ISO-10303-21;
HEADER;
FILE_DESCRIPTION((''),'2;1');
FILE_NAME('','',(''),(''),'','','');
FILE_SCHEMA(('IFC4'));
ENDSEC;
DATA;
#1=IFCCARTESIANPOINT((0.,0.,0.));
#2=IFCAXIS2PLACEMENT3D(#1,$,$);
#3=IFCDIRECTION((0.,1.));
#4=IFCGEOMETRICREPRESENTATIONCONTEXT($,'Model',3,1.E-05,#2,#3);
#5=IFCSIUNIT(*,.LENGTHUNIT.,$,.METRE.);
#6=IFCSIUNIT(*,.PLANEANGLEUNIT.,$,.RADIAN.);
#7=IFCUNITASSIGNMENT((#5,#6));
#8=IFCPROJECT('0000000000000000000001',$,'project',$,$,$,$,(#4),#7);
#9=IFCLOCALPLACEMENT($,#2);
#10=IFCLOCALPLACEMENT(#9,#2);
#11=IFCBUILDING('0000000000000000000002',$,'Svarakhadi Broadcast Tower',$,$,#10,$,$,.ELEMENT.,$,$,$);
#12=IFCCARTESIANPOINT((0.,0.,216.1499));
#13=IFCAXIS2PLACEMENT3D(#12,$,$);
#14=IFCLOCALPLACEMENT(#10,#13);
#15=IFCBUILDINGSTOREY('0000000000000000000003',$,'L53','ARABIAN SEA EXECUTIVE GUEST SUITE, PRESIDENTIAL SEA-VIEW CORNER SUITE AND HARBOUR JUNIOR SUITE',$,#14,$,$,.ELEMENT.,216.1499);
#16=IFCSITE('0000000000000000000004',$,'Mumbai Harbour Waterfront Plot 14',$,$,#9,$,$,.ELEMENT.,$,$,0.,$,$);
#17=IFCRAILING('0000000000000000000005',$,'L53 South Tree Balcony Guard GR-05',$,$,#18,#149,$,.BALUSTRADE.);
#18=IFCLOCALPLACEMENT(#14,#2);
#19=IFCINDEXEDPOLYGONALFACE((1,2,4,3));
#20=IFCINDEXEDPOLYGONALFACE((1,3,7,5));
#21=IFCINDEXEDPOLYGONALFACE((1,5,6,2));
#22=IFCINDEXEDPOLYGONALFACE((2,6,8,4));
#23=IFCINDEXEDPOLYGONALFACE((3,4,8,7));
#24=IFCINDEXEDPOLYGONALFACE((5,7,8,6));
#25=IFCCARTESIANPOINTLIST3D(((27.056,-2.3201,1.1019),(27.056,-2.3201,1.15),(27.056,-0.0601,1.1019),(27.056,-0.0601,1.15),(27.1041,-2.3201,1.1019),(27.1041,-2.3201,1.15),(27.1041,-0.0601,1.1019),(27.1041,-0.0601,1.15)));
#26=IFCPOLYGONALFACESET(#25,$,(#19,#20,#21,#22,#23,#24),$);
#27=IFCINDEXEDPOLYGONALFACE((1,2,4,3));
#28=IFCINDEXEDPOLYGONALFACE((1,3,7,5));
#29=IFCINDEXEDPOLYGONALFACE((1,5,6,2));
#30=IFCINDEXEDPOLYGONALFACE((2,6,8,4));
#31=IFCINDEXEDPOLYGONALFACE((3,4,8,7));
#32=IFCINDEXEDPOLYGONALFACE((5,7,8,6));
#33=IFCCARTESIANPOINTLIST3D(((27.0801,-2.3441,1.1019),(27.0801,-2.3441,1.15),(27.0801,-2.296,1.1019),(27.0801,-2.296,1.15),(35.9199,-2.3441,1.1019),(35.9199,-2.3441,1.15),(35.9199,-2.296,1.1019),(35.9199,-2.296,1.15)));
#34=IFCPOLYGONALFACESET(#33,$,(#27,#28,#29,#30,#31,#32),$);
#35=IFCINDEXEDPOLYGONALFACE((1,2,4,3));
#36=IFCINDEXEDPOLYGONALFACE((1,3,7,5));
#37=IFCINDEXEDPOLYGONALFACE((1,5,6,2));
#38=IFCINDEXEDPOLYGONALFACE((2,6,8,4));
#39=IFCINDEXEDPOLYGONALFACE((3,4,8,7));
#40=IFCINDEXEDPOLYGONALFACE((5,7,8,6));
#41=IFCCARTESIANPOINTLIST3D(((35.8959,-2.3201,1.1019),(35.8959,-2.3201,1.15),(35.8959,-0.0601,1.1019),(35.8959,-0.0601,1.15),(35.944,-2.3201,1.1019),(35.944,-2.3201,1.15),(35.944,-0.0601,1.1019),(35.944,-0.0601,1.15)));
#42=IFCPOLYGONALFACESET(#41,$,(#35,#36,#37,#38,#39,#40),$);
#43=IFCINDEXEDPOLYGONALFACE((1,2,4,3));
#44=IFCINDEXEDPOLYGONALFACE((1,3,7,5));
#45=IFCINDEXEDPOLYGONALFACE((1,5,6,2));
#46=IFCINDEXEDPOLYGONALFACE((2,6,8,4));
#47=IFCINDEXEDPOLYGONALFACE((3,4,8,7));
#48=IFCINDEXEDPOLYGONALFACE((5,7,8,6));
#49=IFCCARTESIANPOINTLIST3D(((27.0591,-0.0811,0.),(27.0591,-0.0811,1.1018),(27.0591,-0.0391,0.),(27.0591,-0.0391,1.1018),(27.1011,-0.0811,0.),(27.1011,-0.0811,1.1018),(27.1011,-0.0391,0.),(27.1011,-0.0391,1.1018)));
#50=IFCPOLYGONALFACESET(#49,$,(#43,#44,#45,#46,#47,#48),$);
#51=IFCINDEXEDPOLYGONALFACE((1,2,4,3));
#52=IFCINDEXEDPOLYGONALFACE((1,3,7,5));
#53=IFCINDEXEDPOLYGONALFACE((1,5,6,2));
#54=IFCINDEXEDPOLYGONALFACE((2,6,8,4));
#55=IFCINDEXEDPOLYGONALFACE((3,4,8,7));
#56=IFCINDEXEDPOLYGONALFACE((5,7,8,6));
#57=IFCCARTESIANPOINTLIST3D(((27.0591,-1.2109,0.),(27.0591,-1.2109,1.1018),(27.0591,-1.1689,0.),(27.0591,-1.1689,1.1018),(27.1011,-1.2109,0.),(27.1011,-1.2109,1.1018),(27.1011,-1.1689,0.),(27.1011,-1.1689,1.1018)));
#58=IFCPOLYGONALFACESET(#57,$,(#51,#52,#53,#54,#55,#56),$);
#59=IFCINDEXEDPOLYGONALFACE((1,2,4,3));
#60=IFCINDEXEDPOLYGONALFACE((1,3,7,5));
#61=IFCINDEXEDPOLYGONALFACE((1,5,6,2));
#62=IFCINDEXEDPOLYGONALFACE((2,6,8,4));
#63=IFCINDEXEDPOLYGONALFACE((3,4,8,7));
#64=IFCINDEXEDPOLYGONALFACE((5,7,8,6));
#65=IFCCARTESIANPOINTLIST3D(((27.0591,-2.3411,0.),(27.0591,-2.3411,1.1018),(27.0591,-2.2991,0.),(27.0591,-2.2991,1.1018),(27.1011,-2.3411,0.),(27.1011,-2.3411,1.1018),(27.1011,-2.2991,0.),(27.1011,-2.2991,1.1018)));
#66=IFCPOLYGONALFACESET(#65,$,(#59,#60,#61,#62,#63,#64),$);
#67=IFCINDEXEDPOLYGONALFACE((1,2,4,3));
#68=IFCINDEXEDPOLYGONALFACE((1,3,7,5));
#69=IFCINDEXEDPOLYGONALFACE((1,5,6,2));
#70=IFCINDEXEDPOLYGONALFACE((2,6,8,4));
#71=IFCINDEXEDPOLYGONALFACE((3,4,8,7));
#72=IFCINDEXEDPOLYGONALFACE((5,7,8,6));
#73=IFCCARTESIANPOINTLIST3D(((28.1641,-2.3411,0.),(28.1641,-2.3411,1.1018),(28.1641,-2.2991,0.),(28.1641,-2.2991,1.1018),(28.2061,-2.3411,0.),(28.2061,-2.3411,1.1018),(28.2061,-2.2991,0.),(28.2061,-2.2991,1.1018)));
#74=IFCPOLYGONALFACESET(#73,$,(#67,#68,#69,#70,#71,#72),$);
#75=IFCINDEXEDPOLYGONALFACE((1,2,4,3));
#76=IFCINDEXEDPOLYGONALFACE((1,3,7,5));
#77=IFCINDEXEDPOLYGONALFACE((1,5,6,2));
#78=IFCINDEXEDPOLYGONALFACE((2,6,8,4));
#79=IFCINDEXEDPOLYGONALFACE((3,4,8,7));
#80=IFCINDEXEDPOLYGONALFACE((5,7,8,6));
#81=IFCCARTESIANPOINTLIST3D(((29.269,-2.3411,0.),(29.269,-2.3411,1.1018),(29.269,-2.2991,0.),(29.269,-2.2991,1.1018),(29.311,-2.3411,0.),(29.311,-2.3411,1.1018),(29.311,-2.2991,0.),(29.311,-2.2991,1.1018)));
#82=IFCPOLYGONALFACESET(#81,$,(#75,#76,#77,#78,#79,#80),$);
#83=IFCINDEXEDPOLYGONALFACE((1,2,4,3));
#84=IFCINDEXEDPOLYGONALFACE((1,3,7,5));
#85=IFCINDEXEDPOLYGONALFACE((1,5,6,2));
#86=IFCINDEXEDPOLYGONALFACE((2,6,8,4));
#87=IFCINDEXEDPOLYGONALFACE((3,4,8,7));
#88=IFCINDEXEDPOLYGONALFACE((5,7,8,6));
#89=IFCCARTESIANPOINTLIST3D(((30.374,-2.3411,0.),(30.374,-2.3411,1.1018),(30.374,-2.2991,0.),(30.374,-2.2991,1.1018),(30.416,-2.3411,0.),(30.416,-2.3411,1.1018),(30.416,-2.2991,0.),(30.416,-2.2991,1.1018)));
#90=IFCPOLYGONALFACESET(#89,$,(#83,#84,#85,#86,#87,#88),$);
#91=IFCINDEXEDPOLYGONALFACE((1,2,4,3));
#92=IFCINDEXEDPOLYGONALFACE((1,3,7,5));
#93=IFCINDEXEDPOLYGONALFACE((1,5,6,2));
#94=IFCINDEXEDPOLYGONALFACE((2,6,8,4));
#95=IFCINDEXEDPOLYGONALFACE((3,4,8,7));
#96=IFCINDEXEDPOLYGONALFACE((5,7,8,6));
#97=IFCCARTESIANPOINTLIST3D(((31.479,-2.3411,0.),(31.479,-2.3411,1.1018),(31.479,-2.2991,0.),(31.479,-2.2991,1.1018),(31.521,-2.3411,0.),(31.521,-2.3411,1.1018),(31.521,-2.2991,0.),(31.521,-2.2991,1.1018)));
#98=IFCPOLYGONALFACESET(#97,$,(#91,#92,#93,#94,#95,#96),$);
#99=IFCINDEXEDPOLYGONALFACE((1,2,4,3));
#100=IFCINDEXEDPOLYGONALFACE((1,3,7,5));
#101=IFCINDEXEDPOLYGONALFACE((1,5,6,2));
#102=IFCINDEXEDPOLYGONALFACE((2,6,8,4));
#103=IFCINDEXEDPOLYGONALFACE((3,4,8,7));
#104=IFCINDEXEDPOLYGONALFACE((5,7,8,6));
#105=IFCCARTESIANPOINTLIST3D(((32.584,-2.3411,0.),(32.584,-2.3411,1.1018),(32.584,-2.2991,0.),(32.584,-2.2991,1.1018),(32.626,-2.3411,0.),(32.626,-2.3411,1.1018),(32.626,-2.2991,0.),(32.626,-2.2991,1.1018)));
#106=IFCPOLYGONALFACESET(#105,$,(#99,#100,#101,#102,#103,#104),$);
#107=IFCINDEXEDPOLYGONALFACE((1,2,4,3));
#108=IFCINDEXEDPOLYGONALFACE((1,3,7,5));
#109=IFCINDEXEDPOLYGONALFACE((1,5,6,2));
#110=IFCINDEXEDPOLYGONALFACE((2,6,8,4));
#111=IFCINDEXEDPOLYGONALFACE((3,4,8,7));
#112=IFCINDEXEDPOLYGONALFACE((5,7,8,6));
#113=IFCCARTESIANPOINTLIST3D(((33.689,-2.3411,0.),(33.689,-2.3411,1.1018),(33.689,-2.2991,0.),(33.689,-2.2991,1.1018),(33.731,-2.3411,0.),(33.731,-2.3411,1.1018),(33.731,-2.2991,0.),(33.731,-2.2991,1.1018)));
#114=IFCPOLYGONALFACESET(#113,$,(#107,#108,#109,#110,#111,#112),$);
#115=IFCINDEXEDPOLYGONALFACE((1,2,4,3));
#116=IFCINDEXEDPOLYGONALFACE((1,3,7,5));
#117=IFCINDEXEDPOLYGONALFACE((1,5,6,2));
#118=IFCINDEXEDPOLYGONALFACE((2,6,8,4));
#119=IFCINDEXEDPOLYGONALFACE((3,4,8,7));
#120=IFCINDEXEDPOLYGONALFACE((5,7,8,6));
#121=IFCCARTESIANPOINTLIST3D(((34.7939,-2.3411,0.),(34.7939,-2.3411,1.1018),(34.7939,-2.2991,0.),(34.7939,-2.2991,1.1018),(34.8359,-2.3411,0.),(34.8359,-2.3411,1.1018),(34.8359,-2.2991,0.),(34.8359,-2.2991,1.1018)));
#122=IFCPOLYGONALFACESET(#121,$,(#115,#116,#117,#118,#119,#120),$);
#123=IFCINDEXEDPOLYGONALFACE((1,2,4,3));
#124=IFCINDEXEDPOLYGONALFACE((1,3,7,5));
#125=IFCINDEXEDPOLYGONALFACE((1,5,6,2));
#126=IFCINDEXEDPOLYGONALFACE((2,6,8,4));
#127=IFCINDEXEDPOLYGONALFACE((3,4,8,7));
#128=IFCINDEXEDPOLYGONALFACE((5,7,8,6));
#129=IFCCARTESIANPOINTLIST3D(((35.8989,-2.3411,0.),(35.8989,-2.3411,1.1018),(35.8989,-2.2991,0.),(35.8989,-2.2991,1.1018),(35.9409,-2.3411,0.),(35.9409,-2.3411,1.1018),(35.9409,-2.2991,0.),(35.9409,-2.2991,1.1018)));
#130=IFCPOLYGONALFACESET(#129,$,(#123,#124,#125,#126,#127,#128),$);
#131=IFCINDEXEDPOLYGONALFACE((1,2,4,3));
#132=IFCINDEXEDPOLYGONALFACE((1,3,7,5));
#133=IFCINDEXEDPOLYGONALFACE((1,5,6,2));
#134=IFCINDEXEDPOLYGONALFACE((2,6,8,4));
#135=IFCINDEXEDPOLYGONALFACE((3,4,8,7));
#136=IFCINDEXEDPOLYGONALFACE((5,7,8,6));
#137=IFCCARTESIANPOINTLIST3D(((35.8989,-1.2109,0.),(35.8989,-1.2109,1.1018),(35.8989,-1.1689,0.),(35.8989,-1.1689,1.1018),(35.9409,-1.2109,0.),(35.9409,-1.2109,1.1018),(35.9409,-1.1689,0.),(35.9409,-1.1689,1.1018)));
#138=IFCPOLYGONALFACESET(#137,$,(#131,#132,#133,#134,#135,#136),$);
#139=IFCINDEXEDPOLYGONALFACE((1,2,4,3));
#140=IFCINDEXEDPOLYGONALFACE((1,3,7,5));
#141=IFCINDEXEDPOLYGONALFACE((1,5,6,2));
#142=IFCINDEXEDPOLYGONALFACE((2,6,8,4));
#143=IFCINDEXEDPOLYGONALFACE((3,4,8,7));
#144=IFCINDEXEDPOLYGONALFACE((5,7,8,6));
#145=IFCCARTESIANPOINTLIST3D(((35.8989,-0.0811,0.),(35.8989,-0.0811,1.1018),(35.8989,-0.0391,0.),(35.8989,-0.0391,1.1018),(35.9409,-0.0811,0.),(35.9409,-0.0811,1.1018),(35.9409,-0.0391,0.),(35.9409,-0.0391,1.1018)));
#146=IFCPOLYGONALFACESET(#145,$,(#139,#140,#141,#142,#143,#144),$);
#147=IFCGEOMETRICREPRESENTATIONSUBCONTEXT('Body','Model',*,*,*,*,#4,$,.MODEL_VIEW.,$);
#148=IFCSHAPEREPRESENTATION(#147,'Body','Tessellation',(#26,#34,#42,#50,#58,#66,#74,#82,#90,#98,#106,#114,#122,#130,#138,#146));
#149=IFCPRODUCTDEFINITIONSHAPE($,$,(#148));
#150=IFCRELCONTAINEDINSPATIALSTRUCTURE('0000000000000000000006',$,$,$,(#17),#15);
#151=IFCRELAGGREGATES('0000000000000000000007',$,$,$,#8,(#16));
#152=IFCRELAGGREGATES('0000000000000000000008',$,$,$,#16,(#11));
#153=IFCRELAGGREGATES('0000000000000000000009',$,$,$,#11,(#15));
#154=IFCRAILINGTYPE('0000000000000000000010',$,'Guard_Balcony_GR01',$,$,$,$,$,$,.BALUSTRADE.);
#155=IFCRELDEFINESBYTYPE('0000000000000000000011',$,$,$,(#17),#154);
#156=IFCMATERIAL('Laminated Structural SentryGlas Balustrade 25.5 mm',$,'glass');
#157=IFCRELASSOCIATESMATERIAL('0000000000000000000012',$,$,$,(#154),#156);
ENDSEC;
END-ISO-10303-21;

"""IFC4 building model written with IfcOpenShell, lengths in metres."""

from ifc_helpers import new_model, si_unit, direction, frame, origin, origin_2d, place, context, subcontext, project, spatial, rectangle, extrude, material, type_object, element, save


model = new_model("IFC4")

# Units and contexts
model_context = context("Model", 3, precision=1e-05, world=origin(), true_north=direction((0.0, 1.0)))
body_context = subcontext(model_context, "Body", "Model", "MODEL_VIEW")
ifc_project = project(units=[si_unit("LENGTHUNIT", "METRE"), si_unit("PLANEANGLEUNIT", "RADIAN")], contexts=[model_context])

# Site, building, storey
site_placement = place(None, origin())
site = spatial("IfcSite", under=ifc_project, at=site_placement, Name="Mumbai Harbour Waterfront Plot 14", CompositionType="ELEMENT", RefElevation=0.0)
building_placement = place(site_placement, origin())
building = spatial("IfcBuilding", under=site, at=building_placement, Name="Svarakhadi Broadcast Tower", CompositionType="ELEMENT")
storey_placement = place(building_placement, frame((0.0, 0.0, 216.1499)))
storey = spatial("IfcBuildingStorey", under=building, at=storey_placement, Name="L53", Description="ARABIAN SEA EXECUTIVE GUEST SUITE, PRESIDENTIAL SEA-VIEW CORNER SUITE AND HARBOUR JUNIOR SUITE", CompositionType="ELEMENT", Elevation=216.1499)

# Railing
ifc_material_1 = material(Name="Laminated Structural SentryGlas Balustrade 25.5 mm", Category="glass")
railing_type = type_object("IfcRailingType", Name="Guard_Balcony_GR01", PredefinedType="BALUSTRADE", material=ifc_material_1)
railing_placement = place(storey_placement, frame((27.0801, -0.0601, 0.0)))
element("IfcRailing", 1, at=railing_placement, inside=storey, type_object=railing_type, Name="L53 South Tree Balcony Guard GR-05", PredefinedType="BALUSTRADE", context=body_context, shape_type="SweptSolid", body=[
    extrude(rectangle(XDim=0.0481, YDim=0.0481, at=origin_2d()), frame((0.0, 0.0, 1.126), z_axis=(0.0, -1.0, 0.0), x_axis=(1.0, 0.0, 0.0)), (0.0, 0.0, 1.0), 2.26),
    extrude(rectangle(XDim=0.0481, YDim=0.0481, at=origin_2d()), frame((0.0, -2.26, 1.126), z_axis=(1.0, 0.0, 0.0), x_axis=(0.0, 1.0, 0.0)), (0.0, 0.0, 1.0), 8.8398),
    extrude(rectangle(XDim=0.0481, YDim=0.0481, at=origin_2d()), frame((8.8398, -2.26, 1.126), z_axis=(0.0, 1.0, 0.0), x_axis=(-1.0, 0.0, 0.0)), (0.0, 0.0, 1.0), 2.26),
    extrude(rectangle(XDim=0.042, YDim=0.042, at=origin_2d()), origin(), (0.0, 0.0, 1.0), 1.1018),
    extrude(rectangle(XDim=0.042, YDim=0.042, at=origin_2d()), frame((0.0, -1.1299, 0.0)), (0.0, 0.0, 1.0), 1.1018),
    extrude(rectangle(XDim=0.042, YDim=0.042, at=origin_2d()), frame((0.0, -2.26, 0.0)), (0.0, 0.0, 1.0), 1.1018),
    extrude(rectangle(XDim=0.042, YDim=0.042, at=origin_2d()), frame((1.105, -2.26, 0.0)), (0.0, 0.0, 1.0), 1.1018),
    extrude(rectangle(XDim=0.042, YDim=0.042, at=origin_2d()), frame((2.21, -2.26, 0.0)), (0.0, 0.0, 1.0), 1.1018),
    extrude(rectangle(XDim=0.042, YDim=0.042, at=origin_2d()), frame((3.3149, -2.26, 0.0)), (0.0, 0.0, 1.0), 1.1018),
    extrude(rectangle(XDim=0.042, YDim=0.042, at=origin_2d()), frame((4.4199, -2.26, 0.0)), (0.0, 0.0, 1.0), 1.1018),
    extrude(rectangle(XDim=0.042, YDim=0.042, at=origin_2d()), frame((5.5249, -2.26, 0.0)), (0.0, 0.0, 1.0), 1.1018),
    extrude(rectangle(XDim=0.042, YDim=0.042, at=origin_2d()), frame((6.6299, -2.26, 0.0)), (0.0, 0.0, 1.0), 1.1018),
    extrude(rectangle(XDim=0.042, YDim=0.042, at=origin_2d()), frame((7.7349, -2.26, 0.0)), (0.0, 0.0, 1.0), 1.1018),
    extrude(rectangle(XDim=0.042, YDim=0.042, at=origin_2d()), frame((8.8398, -2.26, 0.0)), (0.0, 0.0, 1.0), 1.1018),
    extrude(rectangle(XDim=0.042, YDim=0.042, at=origin_2d()), frame((8.8398, -1.1299, 0.0)), (0.0, 0.0, 1.0), 1.1018),
    extrude(rectangle(XDim=0.042, YDim=0.042, at=origin_2d()), frame((8.8398, 0.0, 0.0)), (0.0, 0.0, 1.0), 1.1018),
])

save(model, "model.ifc")
